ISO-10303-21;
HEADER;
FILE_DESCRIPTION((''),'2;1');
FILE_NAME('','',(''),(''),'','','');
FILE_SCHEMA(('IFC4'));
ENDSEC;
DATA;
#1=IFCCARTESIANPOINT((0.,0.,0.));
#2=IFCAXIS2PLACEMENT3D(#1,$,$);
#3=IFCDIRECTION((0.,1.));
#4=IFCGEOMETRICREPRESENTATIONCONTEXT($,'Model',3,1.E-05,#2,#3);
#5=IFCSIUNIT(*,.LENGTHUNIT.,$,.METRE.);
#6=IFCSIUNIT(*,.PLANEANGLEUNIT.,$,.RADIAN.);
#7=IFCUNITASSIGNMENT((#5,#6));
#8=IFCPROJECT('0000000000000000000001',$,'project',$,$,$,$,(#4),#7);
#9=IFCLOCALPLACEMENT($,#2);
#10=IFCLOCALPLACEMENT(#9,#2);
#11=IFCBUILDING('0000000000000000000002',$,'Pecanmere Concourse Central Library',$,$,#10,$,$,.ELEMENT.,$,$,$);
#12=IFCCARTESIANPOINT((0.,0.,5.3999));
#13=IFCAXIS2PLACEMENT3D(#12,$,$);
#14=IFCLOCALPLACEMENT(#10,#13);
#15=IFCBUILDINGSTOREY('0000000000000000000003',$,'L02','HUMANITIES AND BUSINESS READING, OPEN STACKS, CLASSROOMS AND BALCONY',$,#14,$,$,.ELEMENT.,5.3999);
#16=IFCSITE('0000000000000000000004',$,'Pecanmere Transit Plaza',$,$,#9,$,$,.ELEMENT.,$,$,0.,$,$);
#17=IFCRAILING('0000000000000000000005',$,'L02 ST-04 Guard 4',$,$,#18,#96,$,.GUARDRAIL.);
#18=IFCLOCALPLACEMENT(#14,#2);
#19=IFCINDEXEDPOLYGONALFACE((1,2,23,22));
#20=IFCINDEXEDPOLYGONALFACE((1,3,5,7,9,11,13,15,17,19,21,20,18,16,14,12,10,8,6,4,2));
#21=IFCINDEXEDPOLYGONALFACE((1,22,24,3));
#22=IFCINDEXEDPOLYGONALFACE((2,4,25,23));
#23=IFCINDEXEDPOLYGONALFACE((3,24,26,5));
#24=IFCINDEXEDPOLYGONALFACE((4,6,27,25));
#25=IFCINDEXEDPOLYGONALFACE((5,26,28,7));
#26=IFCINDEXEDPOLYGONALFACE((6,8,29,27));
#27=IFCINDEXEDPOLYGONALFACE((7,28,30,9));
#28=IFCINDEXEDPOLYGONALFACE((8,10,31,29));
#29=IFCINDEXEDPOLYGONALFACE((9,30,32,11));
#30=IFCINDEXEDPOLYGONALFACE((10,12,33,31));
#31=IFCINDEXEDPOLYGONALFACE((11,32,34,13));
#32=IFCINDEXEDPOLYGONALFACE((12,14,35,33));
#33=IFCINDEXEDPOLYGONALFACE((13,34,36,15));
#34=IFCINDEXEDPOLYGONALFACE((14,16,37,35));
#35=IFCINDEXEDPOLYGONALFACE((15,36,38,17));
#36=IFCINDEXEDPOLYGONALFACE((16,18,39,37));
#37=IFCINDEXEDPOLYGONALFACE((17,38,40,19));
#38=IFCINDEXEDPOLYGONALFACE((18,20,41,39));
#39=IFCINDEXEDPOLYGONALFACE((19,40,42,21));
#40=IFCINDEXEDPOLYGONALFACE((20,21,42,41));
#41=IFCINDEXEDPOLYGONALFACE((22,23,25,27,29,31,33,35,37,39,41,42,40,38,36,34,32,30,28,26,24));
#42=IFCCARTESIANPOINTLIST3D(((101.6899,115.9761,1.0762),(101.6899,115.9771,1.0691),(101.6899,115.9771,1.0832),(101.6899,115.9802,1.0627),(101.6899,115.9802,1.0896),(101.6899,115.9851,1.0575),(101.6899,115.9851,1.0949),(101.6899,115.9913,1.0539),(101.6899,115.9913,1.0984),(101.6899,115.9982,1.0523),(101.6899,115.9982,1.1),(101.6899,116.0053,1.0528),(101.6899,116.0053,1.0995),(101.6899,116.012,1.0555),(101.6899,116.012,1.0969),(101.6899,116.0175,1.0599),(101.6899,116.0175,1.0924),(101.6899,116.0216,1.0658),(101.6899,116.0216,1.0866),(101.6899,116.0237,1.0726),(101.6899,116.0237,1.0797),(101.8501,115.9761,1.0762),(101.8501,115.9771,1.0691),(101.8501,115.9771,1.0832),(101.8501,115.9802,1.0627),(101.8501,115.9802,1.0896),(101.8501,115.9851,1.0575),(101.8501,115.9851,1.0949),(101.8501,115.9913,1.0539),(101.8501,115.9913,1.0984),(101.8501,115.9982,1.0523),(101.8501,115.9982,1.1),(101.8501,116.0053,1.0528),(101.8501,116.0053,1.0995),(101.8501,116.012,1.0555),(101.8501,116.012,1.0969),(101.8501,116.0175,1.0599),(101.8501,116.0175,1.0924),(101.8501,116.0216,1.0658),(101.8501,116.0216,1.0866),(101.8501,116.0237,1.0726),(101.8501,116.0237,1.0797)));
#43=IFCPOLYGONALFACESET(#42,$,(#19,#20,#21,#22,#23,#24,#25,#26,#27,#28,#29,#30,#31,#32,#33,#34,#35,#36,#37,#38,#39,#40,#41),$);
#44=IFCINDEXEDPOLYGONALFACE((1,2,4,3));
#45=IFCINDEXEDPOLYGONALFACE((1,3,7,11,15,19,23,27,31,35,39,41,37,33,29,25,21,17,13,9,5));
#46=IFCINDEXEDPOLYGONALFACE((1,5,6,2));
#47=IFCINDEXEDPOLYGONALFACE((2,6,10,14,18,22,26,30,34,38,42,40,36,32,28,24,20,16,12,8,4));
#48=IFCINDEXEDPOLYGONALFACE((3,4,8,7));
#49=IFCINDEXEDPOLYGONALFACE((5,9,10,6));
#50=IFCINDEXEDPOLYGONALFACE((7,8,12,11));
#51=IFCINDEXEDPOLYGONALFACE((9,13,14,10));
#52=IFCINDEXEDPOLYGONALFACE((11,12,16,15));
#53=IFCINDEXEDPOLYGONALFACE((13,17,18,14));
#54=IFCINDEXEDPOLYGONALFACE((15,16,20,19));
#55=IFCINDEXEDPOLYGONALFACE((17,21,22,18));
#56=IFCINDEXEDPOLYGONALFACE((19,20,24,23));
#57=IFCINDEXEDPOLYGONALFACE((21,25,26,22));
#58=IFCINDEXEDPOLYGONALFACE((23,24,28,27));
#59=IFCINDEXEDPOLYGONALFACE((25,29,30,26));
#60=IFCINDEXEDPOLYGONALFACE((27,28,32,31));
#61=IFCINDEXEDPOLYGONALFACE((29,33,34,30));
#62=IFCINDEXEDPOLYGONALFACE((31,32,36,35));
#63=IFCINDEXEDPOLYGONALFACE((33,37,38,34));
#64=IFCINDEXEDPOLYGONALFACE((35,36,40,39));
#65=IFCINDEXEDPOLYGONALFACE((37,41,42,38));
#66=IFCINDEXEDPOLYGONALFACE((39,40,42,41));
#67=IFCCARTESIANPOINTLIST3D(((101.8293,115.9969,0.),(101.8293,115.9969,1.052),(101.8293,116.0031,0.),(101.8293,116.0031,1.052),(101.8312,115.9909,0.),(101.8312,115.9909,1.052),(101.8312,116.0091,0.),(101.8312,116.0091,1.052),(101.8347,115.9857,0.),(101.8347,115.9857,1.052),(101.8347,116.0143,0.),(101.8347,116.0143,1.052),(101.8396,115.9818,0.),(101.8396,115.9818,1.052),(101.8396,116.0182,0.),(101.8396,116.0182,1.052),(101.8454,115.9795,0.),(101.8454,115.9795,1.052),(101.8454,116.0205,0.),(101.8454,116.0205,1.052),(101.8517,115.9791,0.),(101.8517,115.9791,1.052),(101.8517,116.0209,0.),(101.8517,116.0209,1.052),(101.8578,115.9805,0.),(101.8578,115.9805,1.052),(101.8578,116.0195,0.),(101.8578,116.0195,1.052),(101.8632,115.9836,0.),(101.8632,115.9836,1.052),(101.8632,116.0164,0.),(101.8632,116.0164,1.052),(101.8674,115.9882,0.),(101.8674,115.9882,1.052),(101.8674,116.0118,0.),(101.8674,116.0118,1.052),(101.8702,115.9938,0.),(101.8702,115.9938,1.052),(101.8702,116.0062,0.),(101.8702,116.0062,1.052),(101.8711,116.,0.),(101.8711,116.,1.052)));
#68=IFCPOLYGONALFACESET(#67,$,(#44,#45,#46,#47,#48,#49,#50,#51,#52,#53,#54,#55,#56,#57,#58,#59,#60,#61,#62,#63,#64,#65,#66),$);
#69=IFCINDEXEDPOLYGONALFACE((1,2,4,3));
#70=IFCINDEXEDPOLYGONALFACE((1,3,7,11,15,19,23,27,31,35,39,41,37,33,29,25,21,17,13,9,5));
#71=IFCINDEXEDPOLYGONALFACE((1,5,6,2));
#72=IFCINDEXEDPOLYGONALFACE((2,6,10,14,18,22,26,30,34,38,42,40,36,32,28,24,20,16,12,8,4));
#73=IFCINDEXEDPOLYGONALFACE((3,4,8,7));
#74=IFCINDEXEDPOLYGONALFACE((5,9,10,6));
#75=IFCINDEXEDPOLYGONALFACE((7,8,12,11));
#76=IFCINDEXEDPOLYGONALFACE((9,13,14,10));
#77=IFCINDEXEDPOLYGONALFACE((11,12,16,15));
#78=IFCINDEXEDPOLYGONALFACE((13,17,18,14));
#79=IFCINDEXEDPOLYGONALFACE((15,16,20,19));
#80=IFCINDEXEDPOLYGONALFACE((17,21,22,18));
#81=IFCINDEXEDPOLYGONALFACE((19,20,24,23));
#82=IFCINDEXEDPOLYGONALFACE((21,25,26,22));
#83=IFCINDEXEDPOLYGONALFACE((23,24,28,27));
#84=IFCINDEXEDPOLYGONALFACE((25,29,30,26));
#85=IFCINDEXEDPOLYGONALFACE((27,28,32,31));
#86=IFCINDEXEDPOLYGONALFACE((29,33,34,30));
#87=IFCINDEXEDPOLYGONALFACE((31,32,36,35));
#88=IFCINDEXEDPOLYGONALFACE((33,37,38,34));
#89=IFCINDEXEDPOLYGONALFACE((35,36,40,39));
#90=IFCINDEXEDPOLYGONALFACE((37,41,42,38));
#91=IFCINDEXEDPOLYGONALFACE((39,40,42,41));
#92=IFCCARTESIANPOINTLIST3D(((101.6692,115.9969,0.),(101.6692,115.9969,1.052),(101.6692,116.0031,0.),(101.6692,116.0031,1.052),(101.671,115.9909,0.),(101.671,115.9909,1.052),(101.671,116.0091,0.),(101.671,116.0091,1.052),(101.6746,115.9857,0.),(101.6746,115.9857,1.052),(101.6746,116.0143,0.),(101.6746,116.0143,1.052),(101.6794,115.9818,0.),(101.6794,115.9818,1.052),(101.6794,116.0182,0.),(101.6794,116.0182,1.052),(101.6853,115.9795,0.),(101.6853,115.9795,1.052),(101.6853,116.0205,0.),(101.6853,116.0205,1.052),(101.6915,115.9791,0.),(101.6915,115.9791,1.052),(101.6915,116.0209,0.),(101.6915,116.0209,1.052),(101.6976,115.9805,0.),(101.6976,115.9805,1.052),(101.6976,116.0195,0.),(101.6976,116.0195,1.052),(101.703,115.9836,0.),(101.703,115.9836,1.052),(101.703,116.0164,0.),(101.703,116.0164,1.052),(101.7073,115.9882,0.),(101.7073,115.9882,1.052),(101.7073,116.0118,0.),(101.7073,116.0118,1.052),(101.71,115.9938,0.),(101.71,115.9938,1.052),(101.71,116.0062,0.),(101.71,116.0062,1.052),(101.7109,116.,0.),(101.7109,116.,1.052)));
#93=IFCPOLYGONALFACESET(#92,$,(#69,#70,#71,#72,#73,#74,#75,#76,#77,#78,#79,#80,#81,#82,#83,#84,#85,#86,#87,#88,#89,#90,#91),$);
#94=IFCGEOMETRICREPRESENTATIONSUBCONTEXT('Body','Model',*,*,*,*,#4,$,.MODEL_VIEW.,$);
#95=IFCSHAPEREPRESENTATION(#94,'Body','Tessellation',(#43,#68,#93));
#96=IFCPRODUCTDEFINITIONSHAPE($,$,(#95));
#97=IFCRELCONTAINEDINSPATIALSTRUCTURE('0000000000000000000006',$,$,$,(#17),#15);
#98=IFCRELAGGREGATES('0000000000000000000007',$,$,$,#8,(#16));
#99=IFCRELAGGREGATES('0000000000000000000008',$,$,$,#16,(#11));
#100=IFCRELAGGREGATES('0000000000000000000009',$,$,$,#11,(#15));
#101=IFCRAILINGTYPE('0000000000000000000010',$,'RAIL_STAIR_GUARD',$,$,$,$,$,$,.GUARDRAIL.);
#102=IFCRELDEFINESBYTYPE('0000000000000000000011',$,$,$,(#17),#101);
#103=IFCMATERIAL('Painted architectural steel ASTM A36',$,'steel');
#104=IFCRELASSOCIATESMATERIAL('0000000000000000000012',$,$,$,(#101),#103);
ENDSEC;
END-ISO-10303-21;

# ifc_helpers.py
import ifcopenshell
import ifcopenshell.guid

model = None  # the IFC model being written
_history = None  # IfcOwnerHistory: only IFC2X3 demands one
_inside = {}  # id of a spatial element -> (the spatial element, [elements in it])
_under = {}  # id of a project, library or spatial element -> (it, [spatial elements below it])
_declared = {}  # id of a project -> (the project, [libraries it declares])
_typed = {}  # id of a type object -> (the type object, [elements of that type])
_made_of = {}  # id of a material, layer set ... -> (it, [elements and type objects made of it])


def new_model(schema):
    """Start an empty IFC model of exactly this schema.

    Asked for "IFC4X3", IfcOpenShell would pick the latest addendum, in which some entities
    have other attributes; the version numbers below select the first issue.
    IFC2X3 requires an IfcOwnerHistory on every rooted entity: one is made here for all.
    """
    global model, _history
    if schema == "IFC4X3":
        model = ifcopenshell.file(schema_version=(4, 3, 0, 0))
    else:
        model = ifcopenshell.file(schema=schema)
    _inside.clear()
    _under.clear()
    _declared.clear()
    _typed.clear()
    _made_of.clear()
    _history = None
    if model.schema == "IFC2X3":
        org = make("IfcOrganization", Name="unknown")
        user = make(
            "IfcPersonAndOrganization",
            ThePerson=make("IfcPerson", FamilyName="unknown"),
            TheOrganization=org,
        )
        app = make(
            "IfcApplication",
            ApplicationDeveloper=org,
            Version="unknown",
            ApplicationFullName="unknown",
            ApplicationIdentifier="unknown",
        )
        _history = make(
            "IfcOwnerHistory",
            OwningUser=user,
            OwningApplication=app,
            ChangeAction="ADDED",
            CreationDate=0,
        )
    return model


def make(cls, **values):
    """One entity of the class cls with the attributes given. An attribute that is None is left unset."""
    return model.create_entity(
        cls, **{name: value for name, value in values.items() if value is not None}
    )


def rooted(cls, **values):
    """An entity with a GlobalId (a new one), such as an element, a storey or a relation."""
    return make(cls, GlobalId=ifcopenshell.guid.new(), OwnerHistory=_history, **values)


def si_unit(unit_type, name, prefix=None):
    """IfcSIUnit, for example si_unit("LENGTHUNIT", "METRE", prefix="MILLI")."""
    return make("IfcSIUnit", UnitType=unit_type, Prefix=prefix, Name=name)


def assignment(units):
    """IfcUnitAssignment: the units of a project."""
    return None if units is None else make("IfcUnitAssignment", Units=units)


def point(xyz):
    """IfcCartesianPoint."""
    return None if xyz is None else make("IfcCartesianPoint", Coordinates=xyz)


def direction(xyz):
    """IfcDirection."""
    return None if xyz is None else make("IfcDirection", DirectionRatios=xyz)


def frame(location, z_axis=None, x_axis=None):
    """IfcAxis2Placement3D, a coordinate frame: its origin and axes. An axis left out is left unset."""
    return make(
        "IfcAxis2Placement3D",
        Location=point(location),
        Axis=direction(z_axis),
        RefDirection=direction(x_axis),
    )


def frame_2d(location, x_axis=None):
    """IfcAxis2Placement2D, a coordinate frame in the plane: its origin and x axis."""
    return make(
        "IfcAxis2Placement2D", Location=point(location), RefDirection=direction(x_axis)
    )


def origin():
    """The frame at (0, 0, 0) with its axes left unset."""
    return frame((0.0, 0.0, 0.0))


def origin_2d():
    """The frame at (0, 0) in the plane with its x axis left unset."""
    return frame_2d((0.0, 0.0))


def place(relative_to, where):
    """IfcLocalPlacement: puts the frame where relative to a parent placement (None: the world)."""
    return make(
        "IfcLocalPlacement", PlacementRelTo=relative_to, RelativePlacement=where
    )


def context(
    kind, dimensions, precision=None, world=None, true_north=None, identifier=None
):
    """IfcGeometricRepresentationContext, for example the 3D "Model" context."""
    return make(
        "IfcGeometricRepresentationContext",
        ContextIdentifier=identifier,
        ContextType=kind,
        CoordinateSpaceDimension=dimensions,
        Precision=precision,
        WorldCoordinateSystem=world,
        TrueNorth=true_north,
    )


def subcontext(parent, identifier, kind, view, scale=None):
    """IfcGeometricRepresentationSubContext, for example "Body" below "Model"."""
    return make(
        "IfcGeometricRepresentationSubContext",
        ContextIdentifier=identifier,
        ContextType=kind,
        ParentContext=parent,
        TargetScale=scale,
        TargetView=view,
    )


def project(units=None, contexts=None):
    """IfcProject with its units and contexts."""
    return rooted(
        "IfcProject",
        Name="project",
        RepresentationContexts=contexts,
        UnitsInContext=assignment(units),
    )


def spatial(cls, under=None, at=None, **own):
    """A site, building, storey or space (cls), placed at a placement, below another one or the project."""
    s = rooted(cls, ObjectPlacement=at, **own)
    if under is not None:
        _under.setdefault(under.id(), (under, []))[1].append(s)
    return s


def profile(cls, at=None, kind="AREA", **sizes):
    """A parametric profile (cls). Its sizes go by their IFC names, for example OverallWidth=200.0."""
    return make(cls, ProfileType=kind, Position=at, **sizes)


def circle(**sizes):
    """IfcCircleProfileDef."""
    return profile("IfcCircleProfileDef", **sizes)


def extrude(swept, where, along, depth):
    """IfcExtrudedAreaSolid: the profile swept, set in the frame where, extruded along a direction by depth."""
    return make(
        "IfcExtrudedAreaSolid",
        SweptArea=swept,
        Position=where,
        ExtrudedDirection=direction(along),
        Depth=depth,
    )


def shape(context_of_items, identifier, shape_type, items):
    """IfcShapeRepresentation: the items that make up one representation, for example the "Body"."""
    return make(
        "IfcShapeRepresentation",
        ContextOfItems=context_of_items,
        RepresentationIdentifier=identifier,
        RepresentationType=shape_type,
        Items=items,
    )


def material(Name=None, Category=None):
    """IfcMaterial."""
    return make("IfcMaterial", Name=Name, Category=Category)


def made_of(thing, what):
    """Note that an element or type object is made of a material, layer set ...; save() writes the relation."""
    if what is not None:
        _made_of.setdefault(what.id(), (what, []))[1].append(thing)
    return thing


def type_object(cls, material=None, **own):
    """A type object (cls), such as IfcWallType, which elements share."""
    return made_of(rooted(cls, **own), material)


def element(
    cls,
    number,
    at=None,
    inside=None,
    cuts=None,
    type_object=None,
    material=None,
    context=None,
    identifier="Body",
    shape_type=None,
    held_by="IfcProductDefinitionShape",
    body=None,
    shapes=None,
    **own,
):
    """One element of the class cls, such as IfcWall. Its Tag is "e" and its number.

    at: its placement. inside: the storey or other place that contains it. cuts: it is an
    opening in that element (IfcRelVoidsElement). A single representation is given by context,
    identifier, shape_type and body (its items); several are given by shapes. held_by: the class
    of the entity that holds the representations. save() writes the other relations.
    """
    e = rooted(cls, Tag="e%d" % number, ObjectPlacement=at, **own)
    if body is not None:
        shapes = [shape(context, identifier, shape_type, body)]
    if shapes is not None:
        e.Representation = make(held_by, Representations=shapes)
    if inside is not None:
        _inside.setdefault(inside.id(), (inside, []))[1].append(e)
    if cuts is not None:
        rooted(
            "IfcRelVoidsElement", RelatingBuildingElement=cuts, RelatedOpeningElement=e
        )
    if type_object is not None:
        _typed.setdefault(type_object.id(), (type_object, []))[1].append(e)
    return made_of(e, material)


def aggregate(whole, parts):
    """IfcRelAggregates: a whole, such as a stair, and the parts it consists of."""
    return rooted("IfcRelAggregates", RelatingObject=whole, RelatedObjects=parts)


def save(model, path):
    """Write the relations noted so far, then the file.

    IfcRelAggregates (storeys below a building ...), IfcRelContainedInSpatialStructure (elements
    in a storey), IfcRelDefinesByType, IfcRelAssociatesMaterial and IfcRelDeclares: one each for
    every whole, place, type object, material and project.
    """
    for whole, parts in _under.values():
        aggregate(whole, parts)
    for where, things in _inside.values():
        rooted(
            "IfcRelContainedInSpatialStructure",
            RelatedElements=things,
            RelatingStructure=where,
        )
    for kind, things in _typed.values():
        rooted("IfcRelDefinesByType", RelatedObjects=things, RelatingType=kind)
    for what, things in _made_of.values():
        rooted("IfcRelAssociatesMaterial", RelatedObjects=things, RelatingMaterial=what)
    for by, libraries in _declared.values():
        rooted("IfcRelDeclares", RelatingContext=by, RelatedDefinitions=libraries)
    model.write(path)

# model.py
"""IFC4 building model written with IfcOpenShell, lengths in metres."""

from ifc_helpers import new_model, si_unit, direction, frame, origin, origin_2d, place, context, subcontext, project, spatial, circle, extrude, material, type_object, element, save


model = new_model("IFC4")

# Units and contexts
model_context = context("Model", 3, precision=1e-05, world=origin(), true_north=direction((0.0, 1.0)))
body_context = subcontext(model_context, "Body", "Model", "MODEL_VIEW")
ifc_project = project(units=[si_unit("LENGTHUNIT", "METRE"), si_unit("PLANEANGLEUNIT", "RADIAN")], contexts=[model_context])

# Site, building, storey
site_placement = place(None, origin())
site = spatial("IfcSite", under=ifc_project, at=site_placement, Name="Pecanmere Transit Plaza", CompositionType="ELEMENT", RefElevation=0.0)
building_placement = place(site_placement, origin())
building = spatial("IfcBuilding", under=site, at=building_placement, Name="Pecanmere Concourse Central Library", CompositionType="ELEMENT")
storey_placement = place(building_placement, frame((0.0, 0.0, 5.3999)))
storey = spatial("IfcBuildingStorey", under=building, at=storey_placement, Name="L02", Description="HUMANITIES AND BUSINESS READING, OPEN STACKS, CLASSROOMS AND BALCONY", CompositionType="ELEMENT", Elevation=5.3999)

# Railing
ifc_material_1 = material(Name="Painted architectural steel ASTM A36", Category="steel")
railing_type_1 = type_object("IfcRailingType", Name="RAIL_STAIR_GUARD", PredefinedType="GUARDRAIL", material=ifc_material_1)
railing_1_placement = place(storey_placement, frame((101.8501, 116.0, 0.0)))
element("IfcRailing", 1, at=railing_1_placement, inside=storey, type_object=railing_type_1, Name="L02 ST-04 Guard 4", PredefinedType="GUARDRAIL", context=body_context, shape_type="SweptSolid", body=[
    extrude(circle(Radius=0.0239, at=origin_2d()), frame((0.0, 0.0, 1.0762), z_axis=(-1.0, 0.0, 0.0), x_axis=(0.0, -1.0, 0.0)), (0.0, 0.0, 1.0), 0.1602),
    extrude(circle(Radius=0.021, at=origin_2d()), origin(), (0.0, 0.0, 1.0), 1.052),
    extrude(circle(Radius=0.021, at=origin_2d()), frame((-0.1602, 0.0, 0.0)), (0.0, 0.0, 1.0), 1.052),
])

save(model, "model.ifc")
